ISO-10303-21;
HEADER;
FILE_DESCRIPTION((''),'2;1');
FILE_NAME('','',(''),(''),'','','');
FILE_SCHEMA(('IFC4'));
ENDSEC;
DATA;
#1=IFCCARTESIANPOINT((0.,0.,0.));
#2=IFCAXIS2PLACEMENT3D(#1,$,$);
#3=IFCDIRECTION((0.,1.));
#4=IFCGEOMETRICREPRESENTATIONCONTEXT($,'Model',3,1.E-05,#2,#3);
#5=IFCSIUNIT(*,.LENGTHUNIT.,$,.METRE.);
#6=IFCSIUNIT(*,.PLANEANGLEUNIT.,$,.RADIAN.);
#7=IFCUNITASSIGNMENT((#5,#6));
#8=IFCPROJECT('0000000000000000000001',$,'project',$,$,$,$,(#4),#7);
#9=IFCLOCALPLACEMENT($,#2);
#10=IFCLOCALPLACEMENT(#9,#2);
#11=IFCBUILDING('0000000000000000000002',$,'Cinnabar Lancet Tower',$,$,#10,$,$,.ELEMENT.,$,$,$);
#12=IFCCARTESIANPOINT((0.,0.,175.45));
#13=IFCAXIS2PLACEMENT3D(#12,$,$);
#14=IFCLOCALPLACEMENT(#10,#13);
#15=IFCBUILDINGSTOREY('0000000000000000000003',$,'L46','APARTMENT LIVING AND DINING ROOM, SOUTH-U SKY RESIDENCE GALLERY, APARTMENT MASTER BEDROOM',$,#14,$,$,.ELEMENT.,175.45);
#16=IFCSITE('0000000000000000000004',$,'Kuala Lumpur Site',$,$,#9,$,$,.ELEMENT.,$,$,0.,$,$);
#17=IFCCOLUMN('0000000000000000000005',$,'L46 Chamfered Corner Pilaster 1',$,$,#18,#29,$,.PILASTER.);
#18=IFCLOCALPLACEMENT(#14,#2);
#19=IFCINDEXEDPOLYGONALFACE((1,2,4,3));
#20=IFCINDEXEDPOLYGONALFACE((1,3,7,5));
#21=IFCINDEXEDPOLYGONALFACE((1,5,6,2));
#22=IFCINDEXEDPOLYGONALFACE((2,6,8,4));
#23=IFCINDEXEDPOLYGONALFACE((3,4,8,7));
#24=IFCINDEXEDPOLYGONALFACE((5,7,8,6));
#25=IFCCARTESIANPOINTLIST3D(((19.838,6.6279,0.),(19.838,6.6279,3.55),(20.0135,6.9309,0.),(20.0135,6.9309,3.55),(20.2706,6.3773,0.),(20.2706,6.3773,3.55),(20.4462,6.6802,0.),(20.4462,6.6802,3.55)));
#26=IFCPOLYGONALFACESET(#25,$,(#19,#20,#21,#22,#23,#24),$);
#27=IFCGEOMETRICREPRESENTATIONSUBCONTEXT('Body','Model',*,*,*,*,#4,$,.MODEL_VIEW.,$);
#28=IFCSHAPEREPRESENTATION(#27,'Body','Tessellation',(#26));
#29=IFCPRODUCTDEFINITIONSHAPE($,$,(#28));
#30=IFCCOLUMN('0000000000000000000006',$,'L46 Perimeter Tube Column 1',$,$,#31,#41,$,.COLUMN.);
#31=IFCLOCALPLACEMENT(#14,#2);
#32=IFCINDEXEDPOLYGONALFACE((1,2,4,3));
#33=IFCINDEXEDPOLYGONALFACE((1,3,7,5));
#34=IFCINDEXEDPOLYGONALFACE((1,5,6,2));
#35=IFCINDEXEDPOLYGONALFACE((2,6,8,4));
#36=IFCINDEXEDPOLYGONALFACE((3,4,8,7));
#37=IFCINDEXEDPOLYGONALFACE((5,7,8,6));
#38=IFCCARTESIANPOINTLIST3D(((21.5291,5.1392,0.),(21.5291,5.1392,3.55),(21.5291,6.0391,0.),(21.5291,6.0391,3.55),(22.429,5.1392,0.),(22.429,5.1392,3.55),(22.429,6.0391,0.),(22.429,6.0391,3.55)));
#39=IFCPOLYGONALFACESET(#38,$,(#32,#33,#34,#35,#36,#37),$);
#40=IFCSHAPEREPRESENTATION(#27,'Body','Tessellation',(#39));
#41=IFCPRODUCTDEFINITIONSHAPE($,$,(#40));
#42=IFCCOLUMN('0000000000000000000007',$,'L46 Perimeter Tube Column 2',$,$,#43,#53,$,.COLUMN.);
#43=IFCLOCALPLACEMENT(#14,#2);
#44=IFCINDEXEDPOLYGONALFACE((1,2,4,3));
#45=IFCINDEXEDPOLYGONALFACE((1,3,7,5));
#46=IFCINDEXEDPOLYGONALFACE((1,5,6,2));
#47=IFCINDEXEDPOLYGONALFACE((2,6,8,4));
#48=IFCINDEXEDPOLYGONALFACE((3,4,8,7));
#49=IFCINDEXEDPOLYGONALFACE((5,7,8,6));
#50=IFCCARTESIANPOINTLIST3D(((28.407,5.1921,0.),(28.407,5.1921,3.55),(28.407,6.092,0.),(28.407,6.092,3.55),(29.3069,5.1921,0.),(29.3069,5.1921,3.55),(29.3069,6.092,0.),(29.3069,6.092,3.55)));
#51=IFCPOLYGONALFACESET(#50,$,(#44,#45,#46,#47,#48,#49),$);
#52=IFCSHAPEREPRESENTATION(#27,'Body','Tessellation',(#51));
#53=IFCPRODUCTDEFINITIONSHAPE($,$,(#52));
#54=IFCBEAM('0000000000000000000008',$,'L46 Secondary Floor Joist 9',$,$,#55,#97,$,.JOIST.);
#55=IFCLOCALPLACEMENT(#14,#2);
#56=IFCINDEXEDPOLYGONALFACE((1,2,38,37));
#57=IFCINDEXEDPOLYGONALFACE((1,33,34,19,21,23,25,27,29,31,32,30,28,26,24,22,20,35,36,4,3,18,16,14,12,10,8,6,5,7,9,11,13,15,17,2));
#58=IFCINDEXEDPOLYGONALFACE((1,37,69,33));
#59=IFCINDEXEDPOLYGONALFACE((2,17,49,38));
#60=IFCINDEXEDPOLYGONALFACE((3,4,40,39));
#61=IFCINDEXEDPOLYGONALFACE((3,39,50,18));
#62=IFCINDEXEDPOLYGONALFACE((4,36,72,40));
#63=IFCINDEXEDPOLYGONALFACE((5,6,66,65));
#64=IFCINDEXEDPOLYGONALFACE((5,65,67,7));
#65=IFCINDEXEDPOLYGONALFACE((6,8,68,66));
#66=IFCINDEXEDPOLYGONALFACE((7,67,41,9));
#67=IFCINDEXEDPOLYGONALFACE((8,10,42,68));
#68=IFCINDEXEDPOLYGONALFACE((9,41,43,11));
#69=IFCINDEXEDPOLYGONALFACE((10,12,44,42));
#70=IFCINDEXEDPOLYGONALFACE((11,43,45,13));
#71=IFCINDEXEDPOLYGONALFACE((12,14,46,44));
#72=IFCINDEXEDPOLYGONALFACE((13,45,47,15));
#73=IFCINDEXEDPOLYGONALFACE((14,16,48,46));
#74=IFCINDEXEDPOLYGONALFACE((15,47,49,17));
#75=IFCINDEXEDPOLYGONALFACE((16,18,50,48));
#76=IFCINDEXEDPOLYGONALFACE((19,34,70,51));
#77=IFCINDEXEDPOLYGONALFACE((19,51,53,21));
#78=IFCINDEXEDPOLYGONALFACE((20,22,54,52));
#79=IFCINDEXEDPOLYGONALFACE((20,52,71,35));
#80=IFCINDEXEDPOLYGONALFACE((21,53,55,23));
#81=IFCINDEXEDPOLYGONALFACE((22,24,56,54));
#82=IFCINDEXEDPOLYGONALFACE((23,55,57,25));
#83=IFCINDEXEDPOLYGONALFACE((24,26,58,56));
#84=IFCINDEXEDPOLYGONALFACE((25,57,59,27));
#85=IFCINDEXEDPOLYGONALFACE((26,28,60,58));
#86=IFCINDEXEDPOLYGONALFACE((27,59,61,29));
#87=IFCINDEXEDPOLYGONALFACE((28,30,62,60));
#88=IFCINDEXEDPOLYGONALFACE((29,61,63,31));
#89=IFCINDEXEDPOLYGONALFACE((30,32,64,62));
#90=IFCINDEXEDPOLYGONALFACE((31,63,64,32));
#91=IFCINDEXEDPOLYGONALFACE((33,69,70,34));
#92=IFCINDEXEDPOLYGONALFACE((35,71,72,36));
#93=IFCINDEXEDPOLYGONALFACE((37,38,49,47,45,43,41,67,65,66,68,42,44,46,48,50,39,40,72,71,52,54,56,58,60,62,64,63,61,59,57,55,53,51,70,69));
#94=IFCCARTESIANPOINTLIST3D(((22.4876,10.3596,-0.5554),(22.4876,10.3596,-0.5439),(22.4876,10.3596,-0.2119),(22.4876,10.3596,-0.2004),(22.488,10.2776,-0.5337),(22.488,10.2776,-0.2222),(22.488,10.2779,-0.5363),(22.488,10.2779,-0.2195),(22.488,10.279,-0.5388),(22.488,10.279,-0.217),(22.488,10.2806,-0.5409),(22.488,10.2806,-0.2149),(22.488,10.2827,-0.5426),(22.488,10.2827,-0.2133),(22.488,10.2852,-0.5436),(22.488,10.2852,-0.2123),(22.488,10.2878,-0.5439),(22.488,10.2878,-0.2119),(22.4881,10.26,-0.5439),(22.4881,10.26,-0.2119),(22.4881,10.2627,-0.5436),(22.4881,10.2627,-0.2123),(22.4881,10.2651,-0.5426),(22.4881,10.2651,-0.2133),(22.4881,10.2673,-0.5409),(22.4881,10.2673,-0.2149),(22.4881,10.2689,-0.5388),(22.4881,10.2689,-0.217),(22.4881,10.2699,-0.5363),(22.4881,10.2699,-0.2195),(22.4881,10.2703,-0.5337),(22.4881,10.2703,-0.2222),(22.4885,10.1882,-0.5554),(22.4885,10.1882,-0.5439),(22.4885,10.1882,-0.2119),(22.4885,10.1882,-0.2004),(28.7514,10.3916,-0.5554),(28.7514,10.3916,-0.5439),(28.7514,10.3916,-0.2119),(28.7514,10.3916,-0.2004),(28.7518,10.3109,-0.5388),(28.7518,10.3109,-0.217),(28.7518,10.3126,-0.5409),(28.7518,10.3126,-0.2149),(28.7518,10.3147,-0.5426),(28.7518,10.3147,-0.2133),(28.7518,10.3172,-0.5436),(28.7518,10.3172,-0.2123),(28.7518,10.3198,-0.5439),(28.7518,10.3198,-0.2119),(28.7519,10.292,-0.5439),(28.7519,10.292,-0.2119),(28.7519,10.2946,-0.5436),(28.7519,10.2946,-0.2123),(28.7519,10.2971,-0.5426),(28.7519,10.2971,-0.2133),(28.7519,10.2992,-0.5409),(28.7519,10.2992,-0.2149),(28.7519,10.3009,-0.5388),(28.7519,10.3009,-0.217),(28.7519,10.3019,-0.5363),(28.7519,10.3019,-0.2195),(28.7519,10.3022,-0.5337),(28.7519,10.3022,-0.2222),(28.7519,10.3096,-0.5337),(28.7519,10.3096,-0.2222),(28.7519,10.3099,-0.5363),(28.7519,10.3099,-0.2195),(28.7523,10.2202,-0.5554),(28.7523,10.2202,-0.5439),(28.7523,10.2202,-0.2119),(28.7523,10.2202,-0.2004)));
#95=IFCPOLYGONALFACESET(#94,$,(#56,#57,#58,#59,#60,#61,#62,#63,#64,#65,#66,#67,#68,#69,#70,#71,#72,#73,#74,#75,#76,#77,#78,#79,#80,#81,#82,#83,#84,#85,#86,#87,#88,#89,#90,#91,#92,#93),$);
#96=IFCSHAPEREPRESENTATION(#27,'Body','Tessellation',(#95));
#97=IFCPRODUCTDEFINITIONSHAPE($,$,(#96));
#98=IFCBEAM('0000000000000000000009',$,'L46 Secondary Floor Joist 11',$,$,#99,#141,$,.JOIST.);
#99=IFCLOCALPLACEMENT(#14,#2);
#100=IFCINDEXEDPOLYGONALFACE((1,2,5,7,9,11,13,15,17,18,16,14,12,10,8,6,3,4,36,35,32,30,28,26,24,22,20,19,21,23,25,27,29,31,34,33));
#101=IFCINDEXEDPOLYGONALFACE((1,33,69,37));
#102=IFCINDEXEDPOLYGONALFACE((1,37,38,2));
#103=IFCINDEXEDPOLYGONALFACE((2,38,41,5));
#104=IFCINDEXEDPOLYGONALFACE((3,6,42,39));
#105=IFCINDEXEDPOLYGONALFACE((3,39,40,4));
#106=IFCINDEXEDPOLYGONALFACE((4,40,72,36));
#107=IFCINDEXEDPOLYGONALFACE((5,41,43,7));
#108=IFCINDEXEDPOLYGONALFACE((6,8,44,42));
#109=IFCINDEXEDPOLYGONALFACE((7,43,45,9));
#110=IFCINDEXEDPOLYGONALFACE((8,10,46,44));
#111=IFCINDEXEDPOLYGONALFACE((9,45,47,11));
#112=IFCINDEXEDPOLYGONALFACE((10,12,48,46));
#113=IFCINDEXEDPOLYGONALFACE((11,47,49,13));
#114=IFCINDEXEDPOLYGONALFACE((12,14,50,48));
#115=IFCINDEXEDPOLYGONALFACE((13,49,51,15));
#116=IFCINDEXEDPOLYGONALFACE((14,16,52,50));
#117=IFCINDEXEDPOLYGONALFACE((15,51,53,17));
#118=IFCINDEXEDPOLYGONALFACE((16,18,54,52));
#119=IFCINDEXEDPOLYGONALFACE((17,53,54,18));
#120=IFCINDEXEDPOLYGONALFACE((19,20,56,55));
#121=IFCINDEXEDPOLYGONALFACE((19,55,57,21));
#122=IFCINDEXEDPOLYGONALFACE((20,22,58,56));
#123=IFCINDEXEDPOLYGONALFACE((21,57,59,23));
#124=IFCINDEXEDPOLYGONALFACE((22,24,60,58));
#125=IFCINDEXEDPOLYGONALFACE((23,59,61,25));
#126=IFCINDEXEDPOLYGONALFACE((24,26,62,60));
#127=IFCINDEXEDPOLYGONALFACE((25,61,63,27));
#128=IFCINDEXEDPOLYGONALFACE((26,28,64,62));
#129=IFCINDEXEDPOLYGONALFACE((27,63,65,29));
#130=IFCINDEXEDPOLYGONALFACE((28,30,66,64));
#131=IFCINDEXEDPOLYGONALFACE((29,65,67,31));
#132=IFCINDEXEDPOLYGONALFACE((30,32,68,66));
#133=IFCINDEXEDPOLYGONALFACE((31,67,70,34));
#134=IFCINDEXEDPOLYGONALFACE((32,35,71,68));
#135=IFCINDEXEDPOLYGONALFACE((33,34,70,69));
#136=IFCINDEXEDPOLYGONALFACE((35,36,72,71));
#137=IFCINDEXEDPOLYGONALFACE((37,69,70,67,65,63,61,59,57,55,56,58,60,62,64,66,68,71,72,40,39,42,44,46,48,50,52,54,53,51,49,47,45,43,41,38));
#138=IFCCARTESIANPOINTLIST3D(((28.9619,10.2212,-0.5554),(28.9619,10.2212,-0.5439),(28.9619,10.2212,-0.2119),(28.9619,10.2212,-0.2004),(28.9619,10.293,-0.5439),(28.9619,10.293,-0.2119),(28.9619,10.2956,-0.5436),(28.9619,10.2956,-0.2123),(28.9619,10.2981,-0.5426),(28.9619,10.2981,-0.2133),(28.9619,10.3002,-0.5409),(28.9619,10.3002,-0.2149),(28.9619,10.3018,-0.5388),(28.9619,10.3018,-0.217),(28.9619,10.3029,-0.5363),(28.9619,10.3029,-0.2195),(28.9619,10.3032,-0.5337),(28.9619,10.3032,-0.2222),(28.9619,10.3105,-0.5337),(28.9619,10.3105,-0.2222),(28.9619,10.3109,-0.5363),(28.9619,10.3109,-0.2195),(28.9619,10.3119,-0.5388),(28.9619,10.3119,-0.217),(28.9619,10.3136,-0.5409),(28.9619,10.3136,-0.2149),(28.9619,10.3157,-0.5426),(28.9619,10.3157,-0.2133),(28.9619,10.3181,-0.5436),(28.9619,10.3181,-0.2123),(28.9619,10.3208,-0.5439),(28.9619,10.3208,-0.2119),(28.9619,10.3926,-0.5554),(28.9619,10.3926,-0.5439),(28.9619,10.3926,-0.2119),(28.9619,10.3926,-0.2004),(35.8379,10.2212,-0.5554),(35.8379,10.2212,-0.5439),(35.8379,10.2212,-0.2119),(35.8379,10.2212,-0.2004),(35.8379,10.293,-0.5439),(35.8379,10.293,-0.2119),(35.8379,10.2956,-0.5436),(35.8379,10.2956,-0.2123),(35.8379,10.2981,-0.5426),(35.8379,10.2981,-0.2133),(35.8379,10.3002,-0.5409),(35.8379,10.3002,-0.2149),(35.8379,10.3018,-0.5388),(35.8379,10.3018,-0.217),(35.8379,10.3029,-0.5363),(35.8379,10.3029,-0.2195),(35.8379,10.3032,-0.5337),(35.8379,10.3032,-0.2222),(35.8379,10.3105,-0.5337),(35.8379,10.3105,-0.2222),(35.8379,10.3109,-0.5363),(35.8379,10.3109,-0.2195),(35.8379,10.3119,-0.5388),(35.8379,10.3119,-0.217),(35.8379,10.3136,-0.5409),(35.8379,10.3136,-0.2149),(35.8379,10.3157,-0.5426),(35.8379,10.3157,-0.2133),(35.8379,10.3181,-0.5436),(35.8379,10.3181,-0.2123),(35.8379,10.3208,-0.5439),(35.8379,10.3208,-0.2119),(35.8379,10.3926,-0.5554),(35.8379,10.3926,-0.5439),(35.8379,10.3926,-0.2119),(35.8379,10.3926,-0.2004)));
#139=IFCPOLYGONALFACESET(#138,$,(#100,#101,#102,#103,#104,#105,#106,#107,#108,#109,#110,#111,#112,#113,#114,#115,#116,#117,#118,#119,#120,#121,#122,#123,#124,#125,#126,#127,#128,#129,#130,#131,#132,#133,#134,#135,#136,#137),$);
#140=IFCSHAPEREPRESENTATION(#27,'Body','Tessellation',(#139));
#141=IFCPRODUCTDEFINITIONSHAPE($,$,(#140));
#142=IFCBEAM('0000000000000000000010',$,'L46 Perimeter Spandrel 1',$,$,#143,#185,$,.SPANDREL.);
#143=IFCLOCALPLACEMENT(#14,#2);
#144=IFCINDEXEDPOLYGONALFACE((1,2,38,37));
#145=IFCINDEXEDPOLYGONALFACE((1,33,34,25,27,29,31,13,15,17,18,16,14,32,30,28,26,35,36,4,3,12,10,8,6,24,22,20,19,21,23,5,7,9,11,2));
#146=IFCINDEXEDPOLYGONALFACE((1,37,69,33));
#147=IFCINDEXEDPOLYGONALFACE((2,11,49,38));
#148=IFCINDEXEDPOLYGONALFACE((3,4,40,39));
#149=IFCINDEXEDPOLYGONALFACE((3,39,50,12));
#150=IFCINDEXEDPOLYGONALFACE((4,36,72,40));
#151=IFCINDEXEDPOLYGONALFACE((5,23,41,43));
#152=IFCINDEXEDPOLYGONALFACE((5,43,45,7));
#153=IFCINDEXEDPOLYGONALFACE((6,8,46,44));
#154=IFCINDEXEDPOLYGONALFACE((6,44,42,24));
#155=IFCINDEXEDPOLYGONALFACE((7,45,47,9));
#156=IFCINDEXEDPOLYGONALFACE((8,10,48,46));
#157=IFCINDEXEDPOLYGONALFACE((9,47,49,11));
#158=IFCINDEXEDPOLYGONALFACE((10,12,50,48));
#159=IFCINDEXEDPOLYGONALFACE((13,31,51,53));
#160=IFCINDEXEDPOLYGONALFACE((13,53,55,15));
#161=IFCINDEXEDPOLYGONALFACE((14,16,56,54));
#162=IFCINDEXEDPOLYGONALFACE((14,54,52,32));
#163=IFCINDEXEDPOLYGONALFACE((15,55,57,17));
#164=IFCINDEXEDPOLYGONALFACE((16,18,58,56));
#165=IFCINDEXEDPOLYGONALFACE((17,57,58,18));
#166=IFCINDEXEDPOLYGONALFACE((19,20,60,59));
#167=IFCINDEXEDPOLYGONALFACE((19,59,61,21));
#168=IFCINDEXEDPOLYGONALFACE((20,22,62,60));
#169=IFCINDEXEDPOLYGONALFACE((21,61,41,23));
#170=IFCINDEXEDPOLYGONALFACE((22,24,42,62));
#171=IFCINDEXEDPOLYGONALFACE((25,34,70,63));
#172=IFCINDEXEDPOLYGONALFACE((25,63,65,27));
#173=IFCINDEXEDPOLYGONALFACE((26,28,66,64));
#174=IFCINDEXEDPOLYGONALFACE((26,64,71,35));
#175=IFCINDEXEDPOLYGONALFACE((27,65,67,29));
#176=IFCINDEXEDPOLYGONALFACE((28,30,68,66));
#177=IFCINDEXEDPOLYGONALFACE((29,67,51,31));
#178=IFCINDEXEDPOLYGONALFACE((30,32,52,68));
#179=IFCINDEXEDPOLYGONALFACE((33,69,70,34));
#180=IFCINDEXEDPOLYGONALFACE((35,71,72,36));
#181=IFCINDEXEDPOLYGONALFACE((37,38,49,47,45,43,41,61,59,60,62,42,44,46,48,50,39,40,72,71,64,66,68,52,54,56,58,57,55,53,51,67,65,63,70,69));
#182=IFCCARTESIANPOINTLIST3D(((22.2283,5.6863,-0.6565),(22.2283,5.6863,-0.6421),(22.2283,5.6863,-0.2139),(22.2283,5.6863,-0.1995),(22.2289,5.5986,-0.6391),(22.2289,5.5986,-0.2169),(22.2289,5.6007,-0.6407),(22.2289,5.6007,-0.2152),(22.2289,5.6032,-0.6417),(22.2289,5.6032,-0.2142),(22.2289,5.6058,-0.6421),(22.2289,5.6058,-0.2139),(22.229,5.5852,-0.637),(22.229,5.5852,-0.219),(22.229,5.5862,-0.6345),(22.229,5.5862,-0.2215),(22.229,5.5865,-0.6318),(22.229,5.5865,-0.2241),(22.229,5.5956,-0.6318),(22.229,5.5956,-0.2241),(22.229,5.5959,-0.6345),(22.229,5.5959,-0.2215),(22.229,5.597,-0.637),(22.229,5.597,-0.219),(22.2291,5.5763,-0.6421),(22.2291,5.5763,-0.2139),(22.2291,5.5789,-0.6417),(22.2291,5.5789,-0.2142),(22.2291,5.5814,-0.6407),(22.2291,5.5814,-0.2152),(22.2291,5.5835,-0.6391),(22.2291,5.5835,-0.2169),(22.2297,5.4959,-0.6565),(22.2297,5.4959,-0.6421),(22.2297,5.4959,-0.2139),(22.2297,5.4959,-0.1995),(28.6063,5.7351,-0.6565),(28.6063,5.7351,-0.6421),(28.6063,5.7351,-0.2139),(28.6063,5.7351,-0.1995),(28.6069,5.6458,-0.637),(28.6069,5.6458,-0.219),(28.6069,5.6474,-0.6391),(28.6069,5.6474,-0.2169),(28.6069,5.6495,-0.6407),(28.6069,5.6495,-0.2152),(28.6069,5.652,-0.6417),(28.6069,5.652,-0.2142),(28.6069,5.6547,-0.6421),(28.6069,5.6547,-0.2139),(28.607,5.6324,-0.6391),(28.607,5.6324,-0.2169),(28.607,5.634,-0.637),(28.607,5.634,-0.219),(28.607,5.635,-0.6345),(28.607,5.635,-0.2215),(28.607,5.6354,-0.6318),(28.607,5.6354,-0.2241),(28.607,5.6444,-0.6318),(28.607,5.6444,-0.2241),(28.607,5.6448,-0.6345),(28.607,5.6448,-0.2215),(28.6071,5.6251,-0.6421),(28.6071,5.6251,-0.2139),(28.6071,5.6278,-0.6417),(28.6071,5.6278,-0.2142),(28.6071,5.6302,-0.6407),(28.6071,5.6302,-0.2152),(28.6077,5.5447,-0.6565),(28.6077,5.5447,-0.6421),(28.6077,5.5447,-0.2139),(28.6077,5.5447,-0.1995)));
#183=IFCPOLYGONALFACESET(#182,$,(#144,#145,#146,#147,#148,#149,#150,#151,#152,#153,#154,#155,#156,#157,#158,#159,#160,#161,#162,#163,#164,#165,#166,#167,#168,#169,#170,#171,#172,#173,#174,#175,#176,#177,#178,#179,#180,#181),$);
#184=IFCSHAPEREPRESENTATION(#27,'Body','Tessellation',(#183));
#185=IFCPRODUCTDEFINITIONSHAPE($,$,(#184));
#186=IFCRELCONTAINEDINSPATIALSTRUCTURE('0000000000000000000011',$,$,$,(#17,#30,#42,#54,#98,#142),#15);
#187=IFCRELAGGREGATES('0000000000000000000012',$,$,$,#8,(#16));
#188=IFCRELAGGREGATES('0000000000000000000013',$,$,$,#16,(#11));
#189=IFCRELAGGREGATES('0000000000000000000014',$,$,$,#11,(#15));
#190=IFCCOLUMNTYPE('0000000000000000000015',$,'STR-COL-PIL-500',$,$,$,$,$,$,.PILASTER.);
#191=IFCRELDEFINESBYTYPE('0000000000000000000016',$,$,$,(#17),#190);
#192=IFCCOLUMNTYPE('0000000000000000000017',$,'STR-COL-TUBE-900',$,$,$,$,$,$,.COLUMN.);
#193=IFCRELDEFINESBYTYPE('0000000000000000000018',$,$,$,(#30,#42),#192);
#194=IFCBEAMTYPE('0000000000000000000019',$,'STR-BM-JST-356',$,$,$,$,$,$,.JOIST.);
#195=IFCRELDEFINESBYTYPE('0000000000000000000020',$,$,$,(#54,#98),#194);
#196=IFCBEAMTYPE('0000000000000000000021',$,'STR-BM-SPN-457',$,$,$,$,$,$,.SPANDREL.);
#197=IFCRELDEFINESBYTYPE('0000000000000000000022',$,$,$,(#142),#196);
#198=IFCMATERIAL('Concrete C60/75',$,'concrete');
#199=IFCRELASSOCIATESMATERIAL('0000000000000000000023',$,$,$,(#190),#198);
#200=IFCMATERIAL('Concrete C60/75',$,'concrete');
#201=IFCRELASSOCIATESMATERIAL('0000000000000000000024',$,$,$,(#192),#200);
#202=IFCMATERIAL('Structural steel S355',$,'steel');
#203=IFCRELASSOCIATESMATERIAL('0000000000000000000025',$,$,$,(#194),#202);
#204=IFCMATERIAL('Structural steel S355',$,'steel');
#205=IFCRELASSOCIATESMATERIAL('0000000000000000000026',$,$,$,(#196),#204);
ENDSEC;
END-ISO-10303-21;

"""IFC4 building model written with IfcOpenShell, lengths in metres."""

from ifc_helpers import new_model, si_unit, direction, frame, origin, origin_2d, place, context, subcontext, project, spatial, rectangle, i_section, extrude, material, material_profile, profile_set, type_object, element, save


model = new_model("IFC4")

# Units and contexts
model_context = context("Model", 3, precision=1e-05, world=origin(), true_north=direction((0.0, 1.0)))
body_context = subcontext(model_context, "Body", "Model", "MODEL_VIEW")
ifc_project = project(units=[si_unit("LENGTHUNIT", "METRE"), si_unit("PLANEANGLEUNIT", "RADIAN")], contexts=[model_context])

# Site, building, storey
site_placement = place(None, origin())
site = spatial("IfcSite", under=ifc_project, at=site_placement, Name="Kuala Lumpur Site", CompositionType="ELEMENT", RefElevation=0.0)
building_placement = place(site_placement, origin())
building = spatial("IfcBuilding", under=site, at=building_placement, Name="Cinnabar Lancet Tower", CompositionType="ELEMENT")
storey_placement = place(building_placement, frame((0.0, 0.0, 175.45)))
storey = spatial("IfcBuildingStorey", under=building, at=storey_placement, Name="L46", Description="APARTMENT LIVING AND DINING ROOM, SOUTH-U SKY RESIDENCE GALLERY, APARTMENT MASTER BEDROOM", CompositionType="ELEMENT", Elevation=175.45)

# Columns
ifc_material_1 = material(Name="Concrete C60/75", Category="concrete")
ifc_material_profile_1 = material_profile(ifc_material_1, rectangle(XDim=0.5, YDim=0.3501, at=origin_2d()), Name="RC-PIL 500x350")
ifc_profile_set_1 = profile_set([ifc_material_profile_1], Name="Concrete C60/75")
column_type_1 = type_object("IfcColumnType", Name="STR-COL-PIL-500", PredefinedType="PILASTER", material=ifc_profile_set_1)
column_placement = place(storey_placement, frame((20.1421, 6.6541, 0.0), z_axis=(0.0, 0.0, 1.0), x_axis=(0.86523, -0.501375, 0.0)))
element("IfcColumn", 1, at=column_placement, inside=storey, type_object=column_type_1, Name="L46 Chamfered Corner Pilaster 1", PredefinedType="PILASTER", context=body_context, shape_type="SweptSolid", body=[
    extrude(rectangle(XDim=0.5, YDim=0.3501, at=origin_2d()), origin(), (0.0, 0.0, 1.0), 3.55),
])
ifc_material_2 = material(Name="Concrete C60/75", Category="concrete")
ifc_material_profile_2 = material_profile(ifc_material_2, rectangle(XDim=0.8999, YDim=0.8999, at=origin_2d()), Name="RC-COL 900x900")
ifc_profile_set_2 = profile_set([ifc_material_profile_2], Name="Concrete C60/75")
column_type_2 = type_object("IfcColumnType", Name="STR-COL-TUBE-900", PredefinedType="COLUMN", material=ifc_profile_set_2)
for number, where, z_axis, x_axis, name in (
    (2, (21.979, 5.5891, 0.0), (0.0, 0.0, 1.0), (1.0, 0.0, 0.0), "L46 Perimeter Tube Column 1"),
    (3, (28.8569, 5.6421, 0.0), (0.0, 0.0, 1.0), (1.0, 0.0, 0.0), "L46 Perimeter Tube Column 2"),
):
    element("IfcColumn", number, at=place(storey_placement, frame(where, z_axis=z_axis, x_axis=x_axis)), inside=storey, type_object=column_type_2, Name=name, PredefinedType="COLUMN", context=body_context, shape_type="SweptSolid", body=[
        extrude(rectangle(XDim=0.8999, YDim=0.8999, at=origin_2d()), origin(), (0.0, 0.0, 1.0), 3.55),
    ])

# Beams
ifc_material_3 = material(Name="Structural steel S355", Category="steel")
ifc_material_profile_3 = material_profile(ifc_material_3, i_section(OverallWidth=0.1714, OverallDepth=0.355, WebThickness=0.0073, FlangeThickness=0.0115, FilletRadius=0.0103, at=origin_2d()), Name="UKB 356x171x51")
ifc_profile_set_3 = profile_set([ifc_material_profile_3], Name="Structural steel S355")
beam_type_1 = type_object("IfcBeamType", Name="STR-BM-JST-356", PredefinedType="JOIST", material=ifc_profile_set_3)
beam_1_placement = place(storey_placement, frame((22.488, 10.2739, -0.3779), z_axis=(0.999987, 0.005106, 0.0), x_axis=(-0.005106, 0.999987, 0.0)))
element("IfcBeam", 4, at=beam_1_placement, inside=storey, type_object=beam_type_1, Name="L46 Secondary Floor Joist 9", PredefinedType="JOIST", context=body_context, shape_type="SweptSolid", body=[
    extrude(i_section(OverallWidth=0.1714, OverallDepth=0.355, WebThickness=0.0073, FlangeThickness=0.0115, FilletRadius=0.0103, at=origin_2d()), origin(), (0.0, 0.0, 1.0), 6.2639),
])
beam_2_placement = place(storey_placement, frame((28.9619, 10.3069, -0.3779), z_axis=(1.0, 0.0, 0.0), x_axis=(0.0, 1.0, 0.0)))
element("IfcBeam", 5, at=beam_2_placement, inside=storey, type_object=beam_type_1, Name="L46 Secondary Floor Joist 11", PredefinedType="JOIST", context=body_context, shape_type="SweptSolid", body=[
    extrude(i_section(OverallWidth=0.1714, OverallDepth=0.355, WebThickness=0.0073, FlangeThickness=0.0115, FilletRadius=0.0103, at=origin_2d()), origin(), (0.0, 0.0, 1.0), 6.876),
])
ifc_material_4 = material(Name="Structural steel S355", Category="steel")
ifc_material_profile_4 = material_profile(ifc_material_4, i_section(OverallWidth=0.1904, OverallDepth=0.457, WebThickness=0.009, FlangeThickness=0.0144, FilletRadius=0.0103, at=origin_2d()), Name="UKB 457x191x74")
ifc_profile_set_4 = profile_set([ifc_material_profile_4], Name="Structural steel S355")
beam_type_2 = type_object("IfcBeamType", Name="STR-BM-SPN-457", PredefinedType="SPANDREL", material=ifc_profile_set_4)
beam_3_placement = place(storey_placement, frame((22.229, 5.5911, -0.428), z_axis=(0.999971, 0.007656, 0.0), x_axis=(-0.007656, 0.999971, 0.0)))
element("IfcBeam", 6, at=beam_3_placement, inside=storey, type_object=beam_type_2, Name="L46 Perimeter Spandrel 1", PredefinedType="SPANDREL", context=body_context, shape_type="SweptSolid", body=[
    extrude(i_section(OverallWidth=0.1904, OverallDepth=0.457, WebThickness=0.009, FlangeThickness=0.0144, FilletRadius=0.0103, at=origin_2d()), origin(), (0.0, 0.0, 1.0), 6.3782),
])

save(model, "model.ifc")
